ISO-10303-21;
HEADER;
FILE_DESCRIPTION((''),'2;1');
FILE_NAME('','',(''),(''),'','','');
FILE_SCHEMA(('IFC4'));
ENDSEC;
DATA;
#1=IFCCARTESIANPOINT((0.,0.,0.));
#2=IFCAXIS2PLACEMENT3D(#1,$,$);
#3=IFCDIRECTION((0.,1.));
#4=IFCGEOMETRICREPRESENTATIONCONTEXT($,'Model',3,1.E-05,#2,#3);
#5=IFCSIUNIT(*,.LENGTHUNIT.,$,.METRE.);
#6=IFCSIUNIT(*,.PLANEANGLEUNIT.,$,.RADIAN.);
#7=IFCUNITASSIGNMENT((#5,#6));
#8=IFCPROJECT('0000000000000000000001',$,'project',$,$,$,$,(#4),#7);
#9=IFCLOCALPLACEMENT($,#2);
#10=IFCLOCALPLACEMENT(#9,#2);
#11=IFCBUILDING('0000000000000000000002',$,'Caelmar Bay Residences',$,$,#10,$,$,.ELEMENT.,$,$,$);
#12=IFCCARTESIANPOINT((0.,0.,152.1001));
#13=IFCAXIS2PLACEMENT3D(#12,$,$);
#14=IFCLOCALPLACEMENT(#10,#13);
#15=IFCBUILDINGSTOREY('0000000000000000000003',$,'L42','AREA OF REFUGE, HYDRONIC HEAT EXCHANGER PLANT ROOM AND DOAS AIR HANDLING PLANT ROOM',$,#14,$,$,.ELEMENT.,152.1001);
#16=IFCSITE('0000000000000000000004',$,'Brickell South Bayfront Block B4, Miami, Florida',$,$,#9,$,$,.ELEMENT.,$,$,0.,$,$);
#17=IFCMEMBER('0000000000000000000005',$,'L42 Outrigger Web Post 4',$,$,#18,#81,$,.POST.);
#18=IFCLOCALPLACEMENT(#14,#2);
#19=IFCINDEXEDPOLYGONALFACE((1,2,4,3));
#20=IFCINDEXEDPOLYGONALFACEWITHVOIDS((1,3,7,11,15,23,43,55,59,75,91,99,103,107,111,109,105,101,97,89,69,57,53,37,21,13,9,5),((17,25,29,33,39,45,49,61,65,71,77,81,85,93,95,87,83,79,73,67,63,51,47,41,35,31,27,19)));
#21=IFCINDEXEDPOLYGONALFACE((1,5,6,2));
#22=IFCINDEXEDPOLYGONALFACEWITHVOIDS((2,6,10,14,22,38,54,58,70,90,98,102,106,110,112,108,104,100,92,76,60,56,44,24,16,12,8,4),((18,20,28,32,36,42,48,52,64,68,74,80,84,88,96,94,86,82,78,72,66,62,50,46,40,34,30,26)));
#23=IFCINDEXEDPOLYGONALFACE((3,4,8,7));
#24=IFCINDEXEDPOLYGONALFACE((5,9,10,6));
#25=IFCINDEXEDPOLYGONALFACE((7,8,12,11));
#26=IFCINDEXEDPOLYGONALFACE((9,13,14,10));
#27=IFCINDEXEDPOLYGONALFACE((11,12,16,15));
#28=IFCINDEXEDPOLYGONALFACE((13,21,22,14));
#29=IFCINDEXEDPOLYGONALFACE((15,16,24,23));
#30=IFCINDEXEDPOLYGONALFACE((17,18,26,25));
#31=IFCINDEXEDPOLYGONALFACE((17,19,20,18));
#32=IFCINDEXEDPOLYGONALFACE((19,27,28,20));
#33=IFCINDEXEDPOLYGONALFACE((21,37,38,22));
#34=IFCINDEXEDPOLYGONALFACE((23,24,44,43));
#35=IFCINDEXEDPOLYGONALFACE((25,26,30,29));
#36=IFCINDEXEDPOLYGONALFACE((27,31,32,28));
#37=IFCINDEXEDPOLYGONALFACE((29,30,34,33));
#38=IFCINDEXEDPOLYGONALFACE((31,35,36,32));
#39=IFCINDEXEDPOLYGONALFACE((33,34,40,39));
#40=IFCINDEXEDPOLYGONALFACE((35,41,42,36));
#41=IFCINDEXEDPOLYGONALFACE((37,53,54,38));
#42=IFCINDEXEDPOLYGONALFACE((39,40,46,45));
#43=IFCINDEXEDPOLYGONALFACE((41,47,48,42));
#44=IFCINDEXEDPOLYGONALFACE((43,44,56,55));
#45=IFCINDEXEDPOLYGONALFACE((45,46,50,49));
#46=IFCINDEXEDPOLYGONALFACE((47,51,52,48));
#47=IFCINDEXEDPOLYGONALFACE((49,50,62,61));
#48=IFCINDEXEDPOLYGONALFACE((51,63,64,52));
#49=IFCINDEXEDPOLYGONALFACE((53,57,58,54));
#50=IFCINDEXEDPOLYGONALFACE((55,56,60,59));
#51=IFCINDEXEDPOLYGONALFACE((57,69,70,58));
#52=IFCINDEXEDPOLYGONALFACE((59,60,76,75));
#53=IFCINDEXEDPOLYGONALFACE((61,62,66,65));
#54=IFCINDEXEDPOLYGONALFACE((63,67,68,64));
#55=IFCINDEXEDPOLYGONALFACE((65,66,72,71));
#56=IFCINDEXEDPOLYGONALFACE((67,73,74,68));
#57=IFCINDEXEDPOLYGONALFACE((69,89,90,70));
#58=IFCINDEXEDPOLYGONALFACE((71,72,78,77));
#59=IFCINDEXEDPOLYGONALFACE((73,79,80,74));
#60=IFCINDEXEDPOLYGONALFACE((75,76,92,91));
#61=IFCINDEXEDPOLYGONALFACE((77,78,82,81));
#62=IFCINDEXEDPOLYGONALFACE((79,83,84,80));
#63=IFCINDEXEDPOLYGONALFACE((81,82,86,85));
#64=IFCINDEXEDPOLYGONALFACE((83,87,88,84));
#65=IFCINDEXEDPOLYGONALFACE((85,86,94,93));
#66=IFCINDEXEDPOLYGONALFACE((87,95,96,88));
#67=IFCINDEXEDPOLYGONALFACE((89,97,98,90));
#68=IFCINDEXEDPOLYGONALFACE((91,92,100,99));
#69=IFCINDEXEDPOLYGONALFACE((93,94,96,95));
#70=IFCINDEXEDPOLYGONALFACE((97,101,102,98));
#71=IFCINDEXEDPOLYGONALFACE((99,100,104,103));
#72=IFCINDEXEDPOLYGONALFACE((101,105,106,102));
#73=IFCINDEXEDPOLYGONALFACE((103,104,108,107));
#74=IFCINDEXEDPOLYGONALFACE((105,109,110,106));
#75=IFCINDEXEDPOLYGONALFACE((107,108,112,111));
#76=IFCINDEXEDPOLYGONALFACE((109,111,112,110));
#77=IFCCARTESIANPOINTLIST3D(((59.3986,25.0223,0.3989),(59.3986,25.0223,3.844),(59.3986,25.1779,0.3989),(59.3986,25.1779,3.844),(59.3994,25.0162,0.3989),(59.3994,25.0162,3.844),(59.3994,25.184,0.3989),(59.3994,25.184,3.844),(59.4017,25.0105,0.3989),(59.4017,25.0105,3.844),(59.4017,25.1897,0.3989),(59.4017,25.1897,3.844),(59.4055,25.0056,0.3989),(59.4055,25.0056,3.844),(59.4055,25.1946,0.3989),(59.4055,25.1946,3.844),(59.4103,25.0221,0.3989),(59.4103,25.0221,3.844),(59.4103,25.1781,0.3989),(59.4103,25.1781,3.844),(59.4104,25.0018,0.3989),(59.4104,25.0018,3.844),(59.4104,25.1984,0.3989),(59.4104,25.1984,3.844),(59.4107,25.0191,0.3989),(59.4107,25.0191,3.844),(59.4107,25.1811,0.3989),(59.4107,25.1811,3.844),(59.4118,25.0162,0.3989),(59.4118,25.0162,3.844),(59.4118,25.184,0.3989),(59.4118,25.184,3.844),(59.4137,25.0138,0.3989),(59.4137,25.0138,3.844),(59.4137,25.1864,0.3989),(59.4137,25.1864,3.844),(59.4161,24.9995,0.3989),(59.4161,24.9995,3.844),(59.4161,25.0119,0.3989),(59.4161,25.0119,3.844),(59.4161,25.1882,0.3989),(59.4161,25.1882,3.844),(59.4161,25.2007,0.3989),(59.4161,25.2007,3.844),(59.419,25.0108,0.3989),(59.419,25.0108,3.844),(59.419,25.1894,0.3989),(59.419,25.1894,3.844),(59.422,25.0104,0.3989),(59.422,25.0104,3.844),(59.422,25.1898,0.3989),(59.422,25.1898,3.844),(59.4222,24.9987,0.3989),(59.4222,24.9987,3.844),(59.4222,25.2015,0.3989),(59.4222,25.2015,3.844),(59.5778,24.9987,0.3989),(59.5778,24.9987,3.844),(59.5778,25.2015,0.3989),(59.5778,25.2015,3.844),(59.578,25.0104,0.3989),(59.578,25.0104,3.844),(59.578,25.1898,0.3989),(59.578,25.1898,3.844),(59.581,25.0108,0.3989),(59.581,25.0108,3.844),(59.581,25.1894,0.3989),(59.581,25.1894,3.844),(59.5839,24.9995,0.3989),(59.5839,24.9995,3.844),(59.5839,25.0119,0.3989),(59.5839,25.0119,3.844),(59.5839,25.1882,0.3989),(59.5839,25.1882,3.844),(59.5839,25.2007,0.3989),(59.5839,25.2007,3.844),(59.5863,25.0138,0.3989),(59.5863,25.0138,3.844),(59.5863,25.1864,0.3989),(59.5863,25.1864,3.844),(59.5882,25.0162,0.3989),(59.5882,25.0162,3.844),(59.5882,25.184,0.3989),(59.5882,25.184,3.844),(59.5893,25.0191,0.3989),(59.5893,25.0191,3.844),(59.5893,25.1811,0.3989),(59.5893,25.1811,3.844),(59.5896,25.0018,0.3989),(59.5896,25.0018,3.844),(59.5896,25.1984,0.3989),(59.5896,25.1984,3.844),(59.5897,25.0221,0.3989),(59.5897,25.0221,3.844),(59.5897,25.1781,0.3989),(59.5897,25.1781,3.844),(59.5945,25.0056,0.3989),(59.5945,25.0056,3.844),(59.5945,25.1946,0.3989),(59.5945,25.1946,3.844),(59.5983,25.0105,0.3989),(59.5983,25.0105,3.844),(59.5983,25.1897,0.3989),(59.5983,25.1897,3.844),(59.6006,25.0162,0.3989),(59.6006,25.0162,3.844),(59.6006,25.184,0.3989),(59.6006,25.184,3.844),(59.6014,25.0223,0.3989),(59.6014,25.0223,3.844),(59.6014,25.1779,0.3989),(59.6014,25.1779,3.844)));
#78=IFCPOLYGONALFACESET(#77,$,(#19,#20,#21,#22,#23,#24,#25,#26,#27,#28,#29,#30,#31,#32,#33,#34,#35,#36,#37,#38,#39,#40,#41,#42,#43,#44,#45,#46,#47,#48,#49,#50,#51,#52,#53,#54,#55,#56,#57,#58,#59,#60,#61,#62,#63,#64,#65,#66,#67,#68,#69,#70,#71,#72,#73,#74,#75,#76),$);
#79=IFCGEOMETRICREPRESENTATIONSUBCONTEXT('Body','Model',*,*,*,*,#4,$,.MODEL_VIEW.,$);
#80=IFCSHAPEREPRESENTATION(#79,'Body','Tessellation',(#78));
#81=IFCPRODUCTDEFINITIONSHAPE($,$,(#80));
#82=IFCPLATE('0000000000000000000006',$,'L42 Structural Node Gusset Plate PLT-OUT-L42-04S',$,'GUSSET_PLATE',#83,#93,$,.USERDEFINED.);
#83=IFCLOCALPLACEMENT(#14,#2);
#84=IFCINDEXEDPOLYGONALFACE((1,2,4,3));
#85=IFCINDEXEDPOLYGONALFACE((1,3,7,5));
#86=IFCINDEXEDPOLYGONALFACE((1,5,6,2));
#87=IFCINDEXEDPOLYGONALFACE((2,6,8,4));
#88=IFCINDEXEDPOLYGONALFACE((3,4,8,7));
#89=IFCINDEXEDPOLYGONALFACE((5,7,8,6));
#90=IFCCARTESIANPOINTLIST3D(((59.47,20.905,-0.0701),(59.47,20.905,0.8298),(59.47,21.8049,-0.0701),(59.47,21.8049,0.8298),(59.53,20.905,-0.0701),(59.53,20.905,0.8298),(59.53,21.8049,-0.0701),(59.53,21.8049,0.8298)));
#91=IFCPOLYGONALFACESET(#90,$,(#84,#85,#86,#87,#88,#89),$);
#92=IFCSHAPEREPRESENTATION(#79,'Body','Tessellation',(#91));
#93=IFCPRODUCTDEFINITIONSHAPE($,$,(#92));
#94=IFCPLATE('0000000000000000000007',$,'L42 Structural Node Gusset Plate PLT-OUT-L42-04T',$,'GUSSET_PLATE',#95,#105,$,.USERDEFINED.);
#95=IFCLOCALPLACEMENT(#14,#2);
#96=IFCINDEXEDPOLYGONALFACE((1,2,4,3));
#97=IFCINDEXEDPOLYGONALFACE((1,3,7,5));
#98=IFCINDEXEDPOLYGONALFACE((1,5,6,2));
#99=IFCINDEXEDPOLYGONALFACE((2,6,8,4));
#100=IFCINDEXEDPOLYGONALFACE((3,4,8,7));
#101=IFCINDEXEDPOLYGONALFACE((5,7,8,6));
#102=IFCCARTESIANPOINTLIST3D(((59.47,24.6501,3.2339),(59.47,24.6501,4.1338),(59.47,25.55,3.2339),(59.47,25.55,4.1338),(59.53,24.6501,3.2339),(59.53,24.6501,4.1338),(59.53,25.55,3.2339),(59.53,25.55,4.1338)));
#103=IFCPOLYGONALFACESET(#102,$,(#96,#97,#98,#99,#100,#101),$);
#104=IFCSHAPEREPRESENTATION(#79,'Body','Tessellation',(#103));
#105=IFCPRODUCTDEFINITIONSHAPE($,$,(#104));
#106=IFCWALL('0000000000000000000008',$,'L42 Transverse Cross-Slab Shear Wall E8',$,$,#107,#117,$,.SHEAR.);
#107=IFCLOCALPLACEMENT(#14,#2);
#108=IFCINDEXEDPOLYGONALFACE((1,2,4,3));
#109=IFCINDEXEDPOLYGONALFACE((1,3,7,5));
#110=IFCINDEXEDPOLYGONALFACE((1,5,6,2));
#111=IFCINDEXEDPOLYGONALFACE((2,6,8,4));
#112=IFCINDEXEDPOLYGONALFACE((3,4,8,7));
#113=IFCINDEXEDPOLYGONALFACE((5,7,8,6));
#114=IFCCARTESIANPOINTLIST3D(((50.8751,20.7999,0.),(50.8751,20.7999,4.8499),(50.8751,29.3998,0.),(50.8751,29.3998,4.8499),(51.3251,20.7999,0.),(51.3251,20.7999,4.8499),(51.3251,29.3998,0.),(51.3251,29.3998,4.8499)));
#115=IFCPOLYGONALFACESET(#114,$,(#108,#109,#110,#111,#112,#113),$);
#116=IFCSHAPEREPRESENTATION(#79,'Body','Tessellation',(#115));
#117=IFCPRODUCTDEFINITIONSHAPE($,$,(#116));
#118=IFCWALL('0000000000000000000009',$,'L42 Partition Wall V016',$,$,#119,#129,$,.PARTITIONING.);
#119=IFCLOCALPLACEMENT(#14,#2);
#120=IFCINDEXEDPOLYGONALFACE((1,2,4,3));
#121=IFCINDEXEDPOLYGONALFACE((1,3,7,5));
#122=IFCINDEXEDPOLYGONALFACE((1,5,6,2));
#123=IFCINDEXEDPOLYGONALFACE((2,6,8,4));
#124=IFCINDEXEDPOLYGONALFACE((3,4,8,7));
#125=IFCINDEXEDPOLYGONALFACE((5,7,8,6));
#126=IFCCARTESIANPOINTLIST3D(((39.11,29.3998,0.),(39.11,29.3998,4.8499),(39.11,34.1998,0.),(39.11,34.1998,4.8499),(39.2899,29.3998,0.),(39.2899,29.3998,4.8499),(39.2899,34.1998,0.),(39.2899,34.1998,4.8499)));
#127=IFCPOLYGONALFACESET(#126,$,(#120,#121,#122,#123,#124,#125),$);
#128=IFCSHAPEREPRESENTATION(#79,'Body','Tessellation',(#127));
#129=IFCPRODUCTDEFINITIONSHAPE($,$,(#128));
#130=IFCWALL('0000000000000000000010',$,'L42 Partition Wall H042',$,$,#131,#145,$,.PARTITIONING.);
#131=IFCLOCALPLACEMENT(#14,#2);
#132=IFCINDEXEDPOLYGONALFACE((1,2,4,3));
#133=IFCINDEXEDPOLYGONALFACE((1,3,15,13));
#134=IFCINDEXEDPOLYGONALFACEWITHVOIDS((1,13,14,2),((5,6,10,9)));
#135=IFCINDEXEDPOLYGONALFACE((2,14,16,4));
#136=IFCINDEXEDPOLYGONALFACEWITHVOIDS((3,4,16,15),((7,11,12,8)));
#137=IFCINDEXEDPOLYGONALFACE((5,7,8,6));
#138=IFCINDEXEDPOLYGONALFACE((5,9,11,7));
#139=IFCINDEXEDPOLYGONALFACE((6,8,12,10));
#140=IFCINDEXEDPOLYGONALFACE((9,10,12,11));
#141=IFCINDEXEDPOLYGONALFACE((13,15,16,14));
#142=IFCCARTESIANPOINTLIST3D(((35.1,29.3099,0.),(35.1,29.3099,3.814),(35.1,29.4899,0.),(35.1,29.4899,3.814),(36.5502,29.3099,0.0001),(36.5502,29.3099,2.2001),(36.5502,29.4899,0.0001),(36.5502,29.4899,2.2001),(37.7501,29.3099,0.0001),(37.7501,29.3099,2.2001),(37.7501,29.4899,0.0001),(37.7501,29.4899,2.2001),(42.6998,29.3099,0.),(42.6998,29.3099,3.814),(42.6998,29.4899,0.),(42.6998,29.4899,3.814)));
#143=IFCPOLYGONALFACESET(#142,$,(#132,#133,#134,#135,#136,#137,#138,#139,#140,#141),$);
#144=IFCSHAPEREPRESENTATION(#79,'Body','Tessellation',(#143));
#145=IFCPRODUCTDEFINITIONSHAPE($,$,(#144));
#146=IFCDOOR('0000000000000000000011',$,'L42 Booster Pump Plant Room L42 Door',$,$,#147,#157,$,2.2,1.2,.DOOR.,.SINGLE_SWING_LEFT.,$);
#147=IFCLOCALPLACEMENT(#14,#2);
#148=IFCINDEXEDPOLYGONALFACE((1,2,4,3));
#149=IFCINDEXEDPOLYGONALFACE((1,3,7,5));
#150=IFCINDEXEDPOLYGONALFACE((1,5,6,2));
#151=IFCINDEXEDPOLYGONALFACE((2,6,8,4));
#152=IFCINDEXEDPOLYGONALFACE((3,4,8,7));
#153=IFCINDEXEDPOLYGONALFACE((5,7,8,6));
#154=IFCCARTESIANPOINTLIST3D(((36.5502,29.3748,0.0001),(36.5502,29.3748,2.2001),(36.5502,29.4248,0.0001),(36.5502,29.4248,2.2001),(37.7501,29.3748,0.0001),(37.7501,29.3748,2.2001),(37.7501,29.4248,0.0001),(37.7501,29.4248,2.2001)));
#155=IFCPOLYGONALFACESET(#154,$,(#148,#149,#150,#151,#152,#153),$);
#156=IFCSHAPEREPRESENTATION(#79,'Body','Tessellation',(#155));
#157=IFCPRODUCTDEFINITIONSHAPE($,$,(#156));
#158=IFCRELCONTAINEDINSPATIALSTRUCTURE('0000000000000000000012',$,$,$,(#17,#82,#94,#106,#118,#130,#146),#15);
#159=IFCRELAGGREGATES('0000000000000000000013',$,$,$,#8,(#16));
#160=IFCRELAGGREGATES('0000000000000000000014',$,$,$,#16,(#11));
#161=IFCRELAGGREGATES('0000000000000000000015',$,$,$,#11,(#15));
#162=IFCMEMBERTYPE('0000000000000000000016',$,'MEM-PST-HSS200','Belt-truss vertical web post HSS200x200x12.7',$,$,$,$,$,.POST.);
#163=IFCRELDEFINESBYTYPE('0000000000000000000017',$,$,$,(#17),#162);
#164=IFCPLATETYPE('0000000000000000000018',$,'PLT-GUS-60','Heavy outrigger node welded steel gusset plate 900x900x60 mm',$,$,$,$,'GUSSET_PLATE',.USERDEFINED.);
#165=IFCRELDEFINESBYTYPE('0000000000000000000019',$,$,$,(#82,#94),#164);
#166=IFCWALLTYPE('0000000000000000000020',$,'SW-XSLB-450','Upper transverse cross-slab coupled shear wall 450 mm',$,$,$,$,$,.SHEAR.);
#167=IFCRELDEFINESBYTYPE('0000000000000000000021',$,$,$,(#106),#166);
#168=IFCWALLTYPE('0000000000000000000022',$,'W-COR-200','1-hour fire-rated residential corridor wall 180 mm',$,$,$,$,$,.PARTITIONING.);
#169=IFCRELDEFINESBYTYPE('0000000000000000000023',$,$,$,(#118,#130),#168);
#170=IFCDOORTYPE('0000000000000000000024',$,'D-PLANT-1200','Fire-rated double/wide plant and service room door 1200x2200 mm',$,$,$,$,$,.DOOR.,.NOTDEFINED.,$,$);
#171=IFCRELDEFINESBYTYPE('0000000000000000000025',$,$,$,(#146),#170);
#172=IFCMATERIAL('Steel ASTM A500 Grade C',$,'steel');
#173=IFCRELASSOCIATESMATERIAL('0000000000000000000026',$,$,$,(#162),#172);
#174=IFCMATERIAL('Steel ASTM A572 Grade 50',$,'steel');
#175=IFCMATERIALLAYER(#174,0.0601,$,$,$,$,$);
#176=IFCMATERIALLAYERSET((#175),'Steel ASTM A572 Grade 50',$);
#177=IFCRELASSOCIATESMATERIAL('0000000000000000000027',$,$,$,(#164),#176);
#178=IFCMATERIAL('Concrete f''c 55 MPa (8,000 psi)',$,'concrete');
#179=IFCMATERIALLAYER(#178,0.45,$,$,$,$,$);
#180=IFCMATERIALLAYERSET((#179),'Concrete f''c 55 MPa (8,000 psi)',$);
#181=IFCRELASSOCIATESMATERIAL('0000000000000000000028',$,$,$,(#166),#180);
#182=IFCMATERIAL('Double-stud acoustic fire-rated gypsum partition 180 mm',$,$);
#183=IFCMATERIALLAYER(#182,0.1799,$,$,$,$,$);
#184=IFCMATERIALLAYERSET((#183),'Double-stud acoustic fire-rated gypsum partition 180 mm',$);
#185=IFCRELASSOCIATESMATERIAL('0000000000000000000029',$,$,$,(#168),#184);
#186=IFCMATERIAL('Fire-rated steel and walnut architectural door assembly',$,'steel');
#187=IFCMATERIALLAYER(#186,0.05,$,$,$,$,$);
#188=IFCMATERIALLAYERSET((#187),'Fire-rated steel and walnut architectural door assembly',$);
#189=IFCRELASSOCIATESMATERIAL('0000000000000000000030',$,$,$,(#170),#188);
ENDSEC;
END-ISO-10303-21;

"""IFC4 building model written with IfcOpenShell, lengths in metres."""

from ifc_helpers import new_model, si_unit, direction, frame, frame_2d, origin, origin_2d, place, context, subcontext, project, spatial, rectangle, hollow_rectangle, extrude, material, layer, layer_set, material_profile, profile_set, type_object, element, fill, save


model = new_model("IFC4")

# Units and contexts
model_context = context("Model", 3, precision=1e-05, world=origin(), true_north=direction((0.0, 1.0)))
body_context = subcontext(model_context, "Body", "Model", "MODEL_VIEW")
ifc_project = project(units=[si_unit("LENGTHUNIT", "METRE"), si_unit("PLANEANGLEUNIT", "RADIAN")], contexts=[model_context])

# Site, building, storey
site_placement = place(None, origin())
site = spatial("IfcSite", under=ifc_project, at=site_placement, Name="Brickell South Bayfront Block B4, Miami, Florida", CompositionType="ELEMENT", RefElevation=0.0)
building_placement = place(site_placement, origin())
building = spatial("IfcBuilding", under=site, at=building_placement, Name="Caelmar Bay Residences", CompositionType="ELEMENT")
storey_placement = place(building_placement, frame((0.0, 0.0, 152.1001)))
storey = spatial("IfcBuildingStorey", under=building, at=storey_placement, Name="L42", Description="AREA OF REFUGE, HYDRONIC HEAT EXCHANGER PLANT ROOM AND DOAS AIR HANDLING PLANT ROOM", CompositionType="ELEMENT", Elevation=152.1001)

# Member
ifc_material_1 = material(Name="Steel ASTM A500 Grade C", Category="steel")
ifc_material_profile_1 = material_profile(ifc_material_1, hollow_rectangle(XDim=0.2029, YDim=0.2029, WallThickness=0.0117, InnerFilletRadius=0.0117, OuterFilletRadius=0.0237, at=origin_2d()), Name="HSS200X200X12.7")
ifc_profile_set_1 = profile_set([ifc_material_profile_1], Name="Steel ASTM A500 Grade C")
member_type_1 = type_object("IfcMemberType", Name="MEM-PST-HSS200", Description="Belt-truss vertical web post HSS200x200x12.7", PredefinedType="POST", material=ifc_profile_set_1)
member_1_placement = place(storey_placement, frame((59.5, 25.1001, 0.3989), z_axis=(0.0, 0.0, 1.0), x_axis=(1.0, 0.0, 0.0)))
element("IfcMember", 1, at=member_1_placement, inside=storey, type_object=member_type_1, Name="L42 Outrigger Web Post 4", PredefinedType="POST", context=body_context, shape_type="SweptSolid", body=[
    extrude(hollow_rectangle(XDim=0.2029, YDim=0.2029, WallThickness=0.0117, InnerFilletRadius=0.0117, OuterFilletRadius=0.0237, at=origin_2d()), origin(), (0.0, 0.0, 1.0), 3.4451),
])

# Plates
ifc_material_2 = material(Name="Steel ASTM A572 Grade 50", Category="steel")
ifc_layer_1 = layer(ifc_material_2, 0.0601)
ifc_layer_set_1 = layer_set([ifc_layer_1], Name="Steel ASTM A572 Grade 50")
plate_type = type_object("IfcPlateType", Name="PLT-GUS-60", Description="Heavy outrigger node welded steel gusset plate 900x900x60 mm", ElementType="GUSSET_PLATE", PredefinedType="USERDEFINED", material=ifc_layer_set_1)
for number, where, z_axis, x_axis, name in (
    (2, (59.5, 21.355, -0.0701), (0.0, 0.0, 1.0), (0.0, 1.0, 0.0), "L42 Structural Node Gusset Plate PLT-OUT-L42-04S"),
    (3, (59.5, 25.1001, 3.2339), (0.0, 0.0, 1.0), (0.0, 1.0, 0.0), "L42 Structural Node Gusset Plate PLT-OUT-L42-04T"),
):
    element("IfcPlate", number, at=place(storey_placement, frame(where, z_axis=z_axis, x_axis=x_axis)), inside=storey, type_object=plate_type, Name=name, ObjectType="GUSSET_PLATE", PredefinedType="USERDEFINED", context=body_context, shape_type="SweptSolid", body=[
        extrude(rectangle(XDim=0.8999, YDim=0.0601, at=origin_2d()), origin(), (0.0, 0.0, 1.0), 0.8999),
    ])

# Walls
ifc_material_3 = material(Name="Concrete f'c 55 MPa (8,000 psi)", Category="concrete")
ifc_layer_2 = layer(ifc_material_3, 0.45)
ifc_layer_set_2 = layer_set([ifc_layer_2], Name="Concrete f'c 55 MPa (8,000 psi)")
wall_type_1 = type_object("IfcWallType", Name="SW-XSLB-450", Description="Upper transverse cross-slab coupled shear wall 450 mm", PredefinedType="SHEAR", material=ifc_layer_set_2)
wall_1_placement = place(storey_placement, frame((51.1001, 20.8, 0.0), z_axis=(0.0, 0.0, 1.0), x_axis=(0.0, 1.0, 0.0)))
element("IfcWall", 4, at=wall_1_placement, inside=storey, type_object=wall_type_1, Name="L42 Transverse Cross-Slab Shear Wall E8", PredefinedType="SHEAR", context=body_context, shape_type="SweptSolid", body=[
    extrude(rectangle(XDim=8.5999, YDim=0.45, at=frame_2d((4.2998, 0.0))), origin(), (0.0, 0.0, 1.0), 4.8499),
])
ifc_material_4 = material(Name="Double-stud acoustic fire-rated gypsum partition 180 mm")
ifc_layer_3 = layer(ifc_material_4, 0.1799)
ifc_layer_set_3 = layer_set([ifc_layer_3], Name="Double-stud acoustic fire-rated gypsum partition 180 mm")
wall_type_2 = type_object("IfcWallType", Name="W-COR-200", Description="1-hour fire-rated residential corridor wall 180 mm", PredefinedType="PARTITIONING", material=ifc_layer_set_3)
wall_2_placement = place(storey_placement, frame((39.2, 29.3999, 0.0), z_axis=(0.0, 0.0, 1.0), x_axis=(0.0, 1.0, 0.0)))
element("IfcWall", 5, at=wall_2_placement, inside=storey, type_object=wall_type_2, Name="L42 Partition Wall V016", PredefinedType="PARTITIONING", context=body_context, shape_type="SweptSolid", body=[
    extrude(rectangle(XDim=4.8, YDim=0.1799, at=frame_2d((2.3999, 0.0))), origin(), (0.0, 0.0, 1.0), 4.8499),
])

# Wall, opening, door
wall_3_placement = place(storey_placement, frame((35.1001, 29.3999, 0.0), z_axis=(0.0, 0.0, 1.0), x_axis=(1.0, 0.0, 0.0)))
wall_3 = element("IfcWall", 6, at=wall_3_placement, inside=storey, type_object=wall_type_2, Name="L42 Partition Wall H042", PredefinedType="PARTITIONING", context=body_context, shape_type="SweptSolid", body=[
    extrude(rectangle(XDim=7.5999, YDim=0.1799, at=frame_2d((3.7998, 0.0))), origin(), (0.0, 0.0, 1.0), 3.814),
])
opening_placement = place(wall_3_placement, frame((1.45, 0.0, 0.0)))
opening = element("IfcOpeningElement", 7, at=opening_placement, cuts=wall_3, PredefinedType="OPENING", context=body_context, shape_type="SweptSolid", body=[
    extrude(rectangle(XDim=1.2, YDim=2.2, at=frame_2d((0.6001, 1.1001))), frame((0.0, 0.0999, 0.0), z_axis=(0.0, -1.0, 0.0), x_axis=(1.0, 0.0, 0.0)), (0.0, 0.0, 1.0), 0.2),
])
ifc_material_5 = material(Name="Fire-rated steel and walnut architectural door assembly", Category="steel")
ifc_layer_4 = layer(ifc_material_5, 0.05)
ifc_layer_set_4 = layer_set([ifc_layer_4], Name="Fire-rated steel and walnut architectural door assembly")
door_type = type_object("IfcDoorType", Name="D-PLANT-1200", Description="Fire-rated double/wide plant and service room door 1200x2200 mm", OperationType="NOTDEFINED", PredefinedType="DOOR", material=ifc_layer_set_4)
door_placement = place(opening_placement, origin())
door = element("IfcDoor", 8, at=door_placement, inside=storey, type_object=door_type, Name="L42 Booster Pump Plant Room L42 Door", OperationType="SINGLE_SWING_LEFT", OverallHeight=2.2, OverallWidth=1.2, PredefinedType="DOOR", context=body_context, shape_type="SweptSolid", body=[
    extrude(rectangle(XDim=1.2, YDim=2.2, at=frame_2d((0.6001, 1.1001))), frame((0.0, 0.0249, 0.0), z_axis=(0.0, -1.0, 0.0), x_axis=(1.0, 0.0, 0.0)), (0.0, 0.0, 1.0), 0.05),
])
fill(opening, door)

save(model, "model.ifc")
